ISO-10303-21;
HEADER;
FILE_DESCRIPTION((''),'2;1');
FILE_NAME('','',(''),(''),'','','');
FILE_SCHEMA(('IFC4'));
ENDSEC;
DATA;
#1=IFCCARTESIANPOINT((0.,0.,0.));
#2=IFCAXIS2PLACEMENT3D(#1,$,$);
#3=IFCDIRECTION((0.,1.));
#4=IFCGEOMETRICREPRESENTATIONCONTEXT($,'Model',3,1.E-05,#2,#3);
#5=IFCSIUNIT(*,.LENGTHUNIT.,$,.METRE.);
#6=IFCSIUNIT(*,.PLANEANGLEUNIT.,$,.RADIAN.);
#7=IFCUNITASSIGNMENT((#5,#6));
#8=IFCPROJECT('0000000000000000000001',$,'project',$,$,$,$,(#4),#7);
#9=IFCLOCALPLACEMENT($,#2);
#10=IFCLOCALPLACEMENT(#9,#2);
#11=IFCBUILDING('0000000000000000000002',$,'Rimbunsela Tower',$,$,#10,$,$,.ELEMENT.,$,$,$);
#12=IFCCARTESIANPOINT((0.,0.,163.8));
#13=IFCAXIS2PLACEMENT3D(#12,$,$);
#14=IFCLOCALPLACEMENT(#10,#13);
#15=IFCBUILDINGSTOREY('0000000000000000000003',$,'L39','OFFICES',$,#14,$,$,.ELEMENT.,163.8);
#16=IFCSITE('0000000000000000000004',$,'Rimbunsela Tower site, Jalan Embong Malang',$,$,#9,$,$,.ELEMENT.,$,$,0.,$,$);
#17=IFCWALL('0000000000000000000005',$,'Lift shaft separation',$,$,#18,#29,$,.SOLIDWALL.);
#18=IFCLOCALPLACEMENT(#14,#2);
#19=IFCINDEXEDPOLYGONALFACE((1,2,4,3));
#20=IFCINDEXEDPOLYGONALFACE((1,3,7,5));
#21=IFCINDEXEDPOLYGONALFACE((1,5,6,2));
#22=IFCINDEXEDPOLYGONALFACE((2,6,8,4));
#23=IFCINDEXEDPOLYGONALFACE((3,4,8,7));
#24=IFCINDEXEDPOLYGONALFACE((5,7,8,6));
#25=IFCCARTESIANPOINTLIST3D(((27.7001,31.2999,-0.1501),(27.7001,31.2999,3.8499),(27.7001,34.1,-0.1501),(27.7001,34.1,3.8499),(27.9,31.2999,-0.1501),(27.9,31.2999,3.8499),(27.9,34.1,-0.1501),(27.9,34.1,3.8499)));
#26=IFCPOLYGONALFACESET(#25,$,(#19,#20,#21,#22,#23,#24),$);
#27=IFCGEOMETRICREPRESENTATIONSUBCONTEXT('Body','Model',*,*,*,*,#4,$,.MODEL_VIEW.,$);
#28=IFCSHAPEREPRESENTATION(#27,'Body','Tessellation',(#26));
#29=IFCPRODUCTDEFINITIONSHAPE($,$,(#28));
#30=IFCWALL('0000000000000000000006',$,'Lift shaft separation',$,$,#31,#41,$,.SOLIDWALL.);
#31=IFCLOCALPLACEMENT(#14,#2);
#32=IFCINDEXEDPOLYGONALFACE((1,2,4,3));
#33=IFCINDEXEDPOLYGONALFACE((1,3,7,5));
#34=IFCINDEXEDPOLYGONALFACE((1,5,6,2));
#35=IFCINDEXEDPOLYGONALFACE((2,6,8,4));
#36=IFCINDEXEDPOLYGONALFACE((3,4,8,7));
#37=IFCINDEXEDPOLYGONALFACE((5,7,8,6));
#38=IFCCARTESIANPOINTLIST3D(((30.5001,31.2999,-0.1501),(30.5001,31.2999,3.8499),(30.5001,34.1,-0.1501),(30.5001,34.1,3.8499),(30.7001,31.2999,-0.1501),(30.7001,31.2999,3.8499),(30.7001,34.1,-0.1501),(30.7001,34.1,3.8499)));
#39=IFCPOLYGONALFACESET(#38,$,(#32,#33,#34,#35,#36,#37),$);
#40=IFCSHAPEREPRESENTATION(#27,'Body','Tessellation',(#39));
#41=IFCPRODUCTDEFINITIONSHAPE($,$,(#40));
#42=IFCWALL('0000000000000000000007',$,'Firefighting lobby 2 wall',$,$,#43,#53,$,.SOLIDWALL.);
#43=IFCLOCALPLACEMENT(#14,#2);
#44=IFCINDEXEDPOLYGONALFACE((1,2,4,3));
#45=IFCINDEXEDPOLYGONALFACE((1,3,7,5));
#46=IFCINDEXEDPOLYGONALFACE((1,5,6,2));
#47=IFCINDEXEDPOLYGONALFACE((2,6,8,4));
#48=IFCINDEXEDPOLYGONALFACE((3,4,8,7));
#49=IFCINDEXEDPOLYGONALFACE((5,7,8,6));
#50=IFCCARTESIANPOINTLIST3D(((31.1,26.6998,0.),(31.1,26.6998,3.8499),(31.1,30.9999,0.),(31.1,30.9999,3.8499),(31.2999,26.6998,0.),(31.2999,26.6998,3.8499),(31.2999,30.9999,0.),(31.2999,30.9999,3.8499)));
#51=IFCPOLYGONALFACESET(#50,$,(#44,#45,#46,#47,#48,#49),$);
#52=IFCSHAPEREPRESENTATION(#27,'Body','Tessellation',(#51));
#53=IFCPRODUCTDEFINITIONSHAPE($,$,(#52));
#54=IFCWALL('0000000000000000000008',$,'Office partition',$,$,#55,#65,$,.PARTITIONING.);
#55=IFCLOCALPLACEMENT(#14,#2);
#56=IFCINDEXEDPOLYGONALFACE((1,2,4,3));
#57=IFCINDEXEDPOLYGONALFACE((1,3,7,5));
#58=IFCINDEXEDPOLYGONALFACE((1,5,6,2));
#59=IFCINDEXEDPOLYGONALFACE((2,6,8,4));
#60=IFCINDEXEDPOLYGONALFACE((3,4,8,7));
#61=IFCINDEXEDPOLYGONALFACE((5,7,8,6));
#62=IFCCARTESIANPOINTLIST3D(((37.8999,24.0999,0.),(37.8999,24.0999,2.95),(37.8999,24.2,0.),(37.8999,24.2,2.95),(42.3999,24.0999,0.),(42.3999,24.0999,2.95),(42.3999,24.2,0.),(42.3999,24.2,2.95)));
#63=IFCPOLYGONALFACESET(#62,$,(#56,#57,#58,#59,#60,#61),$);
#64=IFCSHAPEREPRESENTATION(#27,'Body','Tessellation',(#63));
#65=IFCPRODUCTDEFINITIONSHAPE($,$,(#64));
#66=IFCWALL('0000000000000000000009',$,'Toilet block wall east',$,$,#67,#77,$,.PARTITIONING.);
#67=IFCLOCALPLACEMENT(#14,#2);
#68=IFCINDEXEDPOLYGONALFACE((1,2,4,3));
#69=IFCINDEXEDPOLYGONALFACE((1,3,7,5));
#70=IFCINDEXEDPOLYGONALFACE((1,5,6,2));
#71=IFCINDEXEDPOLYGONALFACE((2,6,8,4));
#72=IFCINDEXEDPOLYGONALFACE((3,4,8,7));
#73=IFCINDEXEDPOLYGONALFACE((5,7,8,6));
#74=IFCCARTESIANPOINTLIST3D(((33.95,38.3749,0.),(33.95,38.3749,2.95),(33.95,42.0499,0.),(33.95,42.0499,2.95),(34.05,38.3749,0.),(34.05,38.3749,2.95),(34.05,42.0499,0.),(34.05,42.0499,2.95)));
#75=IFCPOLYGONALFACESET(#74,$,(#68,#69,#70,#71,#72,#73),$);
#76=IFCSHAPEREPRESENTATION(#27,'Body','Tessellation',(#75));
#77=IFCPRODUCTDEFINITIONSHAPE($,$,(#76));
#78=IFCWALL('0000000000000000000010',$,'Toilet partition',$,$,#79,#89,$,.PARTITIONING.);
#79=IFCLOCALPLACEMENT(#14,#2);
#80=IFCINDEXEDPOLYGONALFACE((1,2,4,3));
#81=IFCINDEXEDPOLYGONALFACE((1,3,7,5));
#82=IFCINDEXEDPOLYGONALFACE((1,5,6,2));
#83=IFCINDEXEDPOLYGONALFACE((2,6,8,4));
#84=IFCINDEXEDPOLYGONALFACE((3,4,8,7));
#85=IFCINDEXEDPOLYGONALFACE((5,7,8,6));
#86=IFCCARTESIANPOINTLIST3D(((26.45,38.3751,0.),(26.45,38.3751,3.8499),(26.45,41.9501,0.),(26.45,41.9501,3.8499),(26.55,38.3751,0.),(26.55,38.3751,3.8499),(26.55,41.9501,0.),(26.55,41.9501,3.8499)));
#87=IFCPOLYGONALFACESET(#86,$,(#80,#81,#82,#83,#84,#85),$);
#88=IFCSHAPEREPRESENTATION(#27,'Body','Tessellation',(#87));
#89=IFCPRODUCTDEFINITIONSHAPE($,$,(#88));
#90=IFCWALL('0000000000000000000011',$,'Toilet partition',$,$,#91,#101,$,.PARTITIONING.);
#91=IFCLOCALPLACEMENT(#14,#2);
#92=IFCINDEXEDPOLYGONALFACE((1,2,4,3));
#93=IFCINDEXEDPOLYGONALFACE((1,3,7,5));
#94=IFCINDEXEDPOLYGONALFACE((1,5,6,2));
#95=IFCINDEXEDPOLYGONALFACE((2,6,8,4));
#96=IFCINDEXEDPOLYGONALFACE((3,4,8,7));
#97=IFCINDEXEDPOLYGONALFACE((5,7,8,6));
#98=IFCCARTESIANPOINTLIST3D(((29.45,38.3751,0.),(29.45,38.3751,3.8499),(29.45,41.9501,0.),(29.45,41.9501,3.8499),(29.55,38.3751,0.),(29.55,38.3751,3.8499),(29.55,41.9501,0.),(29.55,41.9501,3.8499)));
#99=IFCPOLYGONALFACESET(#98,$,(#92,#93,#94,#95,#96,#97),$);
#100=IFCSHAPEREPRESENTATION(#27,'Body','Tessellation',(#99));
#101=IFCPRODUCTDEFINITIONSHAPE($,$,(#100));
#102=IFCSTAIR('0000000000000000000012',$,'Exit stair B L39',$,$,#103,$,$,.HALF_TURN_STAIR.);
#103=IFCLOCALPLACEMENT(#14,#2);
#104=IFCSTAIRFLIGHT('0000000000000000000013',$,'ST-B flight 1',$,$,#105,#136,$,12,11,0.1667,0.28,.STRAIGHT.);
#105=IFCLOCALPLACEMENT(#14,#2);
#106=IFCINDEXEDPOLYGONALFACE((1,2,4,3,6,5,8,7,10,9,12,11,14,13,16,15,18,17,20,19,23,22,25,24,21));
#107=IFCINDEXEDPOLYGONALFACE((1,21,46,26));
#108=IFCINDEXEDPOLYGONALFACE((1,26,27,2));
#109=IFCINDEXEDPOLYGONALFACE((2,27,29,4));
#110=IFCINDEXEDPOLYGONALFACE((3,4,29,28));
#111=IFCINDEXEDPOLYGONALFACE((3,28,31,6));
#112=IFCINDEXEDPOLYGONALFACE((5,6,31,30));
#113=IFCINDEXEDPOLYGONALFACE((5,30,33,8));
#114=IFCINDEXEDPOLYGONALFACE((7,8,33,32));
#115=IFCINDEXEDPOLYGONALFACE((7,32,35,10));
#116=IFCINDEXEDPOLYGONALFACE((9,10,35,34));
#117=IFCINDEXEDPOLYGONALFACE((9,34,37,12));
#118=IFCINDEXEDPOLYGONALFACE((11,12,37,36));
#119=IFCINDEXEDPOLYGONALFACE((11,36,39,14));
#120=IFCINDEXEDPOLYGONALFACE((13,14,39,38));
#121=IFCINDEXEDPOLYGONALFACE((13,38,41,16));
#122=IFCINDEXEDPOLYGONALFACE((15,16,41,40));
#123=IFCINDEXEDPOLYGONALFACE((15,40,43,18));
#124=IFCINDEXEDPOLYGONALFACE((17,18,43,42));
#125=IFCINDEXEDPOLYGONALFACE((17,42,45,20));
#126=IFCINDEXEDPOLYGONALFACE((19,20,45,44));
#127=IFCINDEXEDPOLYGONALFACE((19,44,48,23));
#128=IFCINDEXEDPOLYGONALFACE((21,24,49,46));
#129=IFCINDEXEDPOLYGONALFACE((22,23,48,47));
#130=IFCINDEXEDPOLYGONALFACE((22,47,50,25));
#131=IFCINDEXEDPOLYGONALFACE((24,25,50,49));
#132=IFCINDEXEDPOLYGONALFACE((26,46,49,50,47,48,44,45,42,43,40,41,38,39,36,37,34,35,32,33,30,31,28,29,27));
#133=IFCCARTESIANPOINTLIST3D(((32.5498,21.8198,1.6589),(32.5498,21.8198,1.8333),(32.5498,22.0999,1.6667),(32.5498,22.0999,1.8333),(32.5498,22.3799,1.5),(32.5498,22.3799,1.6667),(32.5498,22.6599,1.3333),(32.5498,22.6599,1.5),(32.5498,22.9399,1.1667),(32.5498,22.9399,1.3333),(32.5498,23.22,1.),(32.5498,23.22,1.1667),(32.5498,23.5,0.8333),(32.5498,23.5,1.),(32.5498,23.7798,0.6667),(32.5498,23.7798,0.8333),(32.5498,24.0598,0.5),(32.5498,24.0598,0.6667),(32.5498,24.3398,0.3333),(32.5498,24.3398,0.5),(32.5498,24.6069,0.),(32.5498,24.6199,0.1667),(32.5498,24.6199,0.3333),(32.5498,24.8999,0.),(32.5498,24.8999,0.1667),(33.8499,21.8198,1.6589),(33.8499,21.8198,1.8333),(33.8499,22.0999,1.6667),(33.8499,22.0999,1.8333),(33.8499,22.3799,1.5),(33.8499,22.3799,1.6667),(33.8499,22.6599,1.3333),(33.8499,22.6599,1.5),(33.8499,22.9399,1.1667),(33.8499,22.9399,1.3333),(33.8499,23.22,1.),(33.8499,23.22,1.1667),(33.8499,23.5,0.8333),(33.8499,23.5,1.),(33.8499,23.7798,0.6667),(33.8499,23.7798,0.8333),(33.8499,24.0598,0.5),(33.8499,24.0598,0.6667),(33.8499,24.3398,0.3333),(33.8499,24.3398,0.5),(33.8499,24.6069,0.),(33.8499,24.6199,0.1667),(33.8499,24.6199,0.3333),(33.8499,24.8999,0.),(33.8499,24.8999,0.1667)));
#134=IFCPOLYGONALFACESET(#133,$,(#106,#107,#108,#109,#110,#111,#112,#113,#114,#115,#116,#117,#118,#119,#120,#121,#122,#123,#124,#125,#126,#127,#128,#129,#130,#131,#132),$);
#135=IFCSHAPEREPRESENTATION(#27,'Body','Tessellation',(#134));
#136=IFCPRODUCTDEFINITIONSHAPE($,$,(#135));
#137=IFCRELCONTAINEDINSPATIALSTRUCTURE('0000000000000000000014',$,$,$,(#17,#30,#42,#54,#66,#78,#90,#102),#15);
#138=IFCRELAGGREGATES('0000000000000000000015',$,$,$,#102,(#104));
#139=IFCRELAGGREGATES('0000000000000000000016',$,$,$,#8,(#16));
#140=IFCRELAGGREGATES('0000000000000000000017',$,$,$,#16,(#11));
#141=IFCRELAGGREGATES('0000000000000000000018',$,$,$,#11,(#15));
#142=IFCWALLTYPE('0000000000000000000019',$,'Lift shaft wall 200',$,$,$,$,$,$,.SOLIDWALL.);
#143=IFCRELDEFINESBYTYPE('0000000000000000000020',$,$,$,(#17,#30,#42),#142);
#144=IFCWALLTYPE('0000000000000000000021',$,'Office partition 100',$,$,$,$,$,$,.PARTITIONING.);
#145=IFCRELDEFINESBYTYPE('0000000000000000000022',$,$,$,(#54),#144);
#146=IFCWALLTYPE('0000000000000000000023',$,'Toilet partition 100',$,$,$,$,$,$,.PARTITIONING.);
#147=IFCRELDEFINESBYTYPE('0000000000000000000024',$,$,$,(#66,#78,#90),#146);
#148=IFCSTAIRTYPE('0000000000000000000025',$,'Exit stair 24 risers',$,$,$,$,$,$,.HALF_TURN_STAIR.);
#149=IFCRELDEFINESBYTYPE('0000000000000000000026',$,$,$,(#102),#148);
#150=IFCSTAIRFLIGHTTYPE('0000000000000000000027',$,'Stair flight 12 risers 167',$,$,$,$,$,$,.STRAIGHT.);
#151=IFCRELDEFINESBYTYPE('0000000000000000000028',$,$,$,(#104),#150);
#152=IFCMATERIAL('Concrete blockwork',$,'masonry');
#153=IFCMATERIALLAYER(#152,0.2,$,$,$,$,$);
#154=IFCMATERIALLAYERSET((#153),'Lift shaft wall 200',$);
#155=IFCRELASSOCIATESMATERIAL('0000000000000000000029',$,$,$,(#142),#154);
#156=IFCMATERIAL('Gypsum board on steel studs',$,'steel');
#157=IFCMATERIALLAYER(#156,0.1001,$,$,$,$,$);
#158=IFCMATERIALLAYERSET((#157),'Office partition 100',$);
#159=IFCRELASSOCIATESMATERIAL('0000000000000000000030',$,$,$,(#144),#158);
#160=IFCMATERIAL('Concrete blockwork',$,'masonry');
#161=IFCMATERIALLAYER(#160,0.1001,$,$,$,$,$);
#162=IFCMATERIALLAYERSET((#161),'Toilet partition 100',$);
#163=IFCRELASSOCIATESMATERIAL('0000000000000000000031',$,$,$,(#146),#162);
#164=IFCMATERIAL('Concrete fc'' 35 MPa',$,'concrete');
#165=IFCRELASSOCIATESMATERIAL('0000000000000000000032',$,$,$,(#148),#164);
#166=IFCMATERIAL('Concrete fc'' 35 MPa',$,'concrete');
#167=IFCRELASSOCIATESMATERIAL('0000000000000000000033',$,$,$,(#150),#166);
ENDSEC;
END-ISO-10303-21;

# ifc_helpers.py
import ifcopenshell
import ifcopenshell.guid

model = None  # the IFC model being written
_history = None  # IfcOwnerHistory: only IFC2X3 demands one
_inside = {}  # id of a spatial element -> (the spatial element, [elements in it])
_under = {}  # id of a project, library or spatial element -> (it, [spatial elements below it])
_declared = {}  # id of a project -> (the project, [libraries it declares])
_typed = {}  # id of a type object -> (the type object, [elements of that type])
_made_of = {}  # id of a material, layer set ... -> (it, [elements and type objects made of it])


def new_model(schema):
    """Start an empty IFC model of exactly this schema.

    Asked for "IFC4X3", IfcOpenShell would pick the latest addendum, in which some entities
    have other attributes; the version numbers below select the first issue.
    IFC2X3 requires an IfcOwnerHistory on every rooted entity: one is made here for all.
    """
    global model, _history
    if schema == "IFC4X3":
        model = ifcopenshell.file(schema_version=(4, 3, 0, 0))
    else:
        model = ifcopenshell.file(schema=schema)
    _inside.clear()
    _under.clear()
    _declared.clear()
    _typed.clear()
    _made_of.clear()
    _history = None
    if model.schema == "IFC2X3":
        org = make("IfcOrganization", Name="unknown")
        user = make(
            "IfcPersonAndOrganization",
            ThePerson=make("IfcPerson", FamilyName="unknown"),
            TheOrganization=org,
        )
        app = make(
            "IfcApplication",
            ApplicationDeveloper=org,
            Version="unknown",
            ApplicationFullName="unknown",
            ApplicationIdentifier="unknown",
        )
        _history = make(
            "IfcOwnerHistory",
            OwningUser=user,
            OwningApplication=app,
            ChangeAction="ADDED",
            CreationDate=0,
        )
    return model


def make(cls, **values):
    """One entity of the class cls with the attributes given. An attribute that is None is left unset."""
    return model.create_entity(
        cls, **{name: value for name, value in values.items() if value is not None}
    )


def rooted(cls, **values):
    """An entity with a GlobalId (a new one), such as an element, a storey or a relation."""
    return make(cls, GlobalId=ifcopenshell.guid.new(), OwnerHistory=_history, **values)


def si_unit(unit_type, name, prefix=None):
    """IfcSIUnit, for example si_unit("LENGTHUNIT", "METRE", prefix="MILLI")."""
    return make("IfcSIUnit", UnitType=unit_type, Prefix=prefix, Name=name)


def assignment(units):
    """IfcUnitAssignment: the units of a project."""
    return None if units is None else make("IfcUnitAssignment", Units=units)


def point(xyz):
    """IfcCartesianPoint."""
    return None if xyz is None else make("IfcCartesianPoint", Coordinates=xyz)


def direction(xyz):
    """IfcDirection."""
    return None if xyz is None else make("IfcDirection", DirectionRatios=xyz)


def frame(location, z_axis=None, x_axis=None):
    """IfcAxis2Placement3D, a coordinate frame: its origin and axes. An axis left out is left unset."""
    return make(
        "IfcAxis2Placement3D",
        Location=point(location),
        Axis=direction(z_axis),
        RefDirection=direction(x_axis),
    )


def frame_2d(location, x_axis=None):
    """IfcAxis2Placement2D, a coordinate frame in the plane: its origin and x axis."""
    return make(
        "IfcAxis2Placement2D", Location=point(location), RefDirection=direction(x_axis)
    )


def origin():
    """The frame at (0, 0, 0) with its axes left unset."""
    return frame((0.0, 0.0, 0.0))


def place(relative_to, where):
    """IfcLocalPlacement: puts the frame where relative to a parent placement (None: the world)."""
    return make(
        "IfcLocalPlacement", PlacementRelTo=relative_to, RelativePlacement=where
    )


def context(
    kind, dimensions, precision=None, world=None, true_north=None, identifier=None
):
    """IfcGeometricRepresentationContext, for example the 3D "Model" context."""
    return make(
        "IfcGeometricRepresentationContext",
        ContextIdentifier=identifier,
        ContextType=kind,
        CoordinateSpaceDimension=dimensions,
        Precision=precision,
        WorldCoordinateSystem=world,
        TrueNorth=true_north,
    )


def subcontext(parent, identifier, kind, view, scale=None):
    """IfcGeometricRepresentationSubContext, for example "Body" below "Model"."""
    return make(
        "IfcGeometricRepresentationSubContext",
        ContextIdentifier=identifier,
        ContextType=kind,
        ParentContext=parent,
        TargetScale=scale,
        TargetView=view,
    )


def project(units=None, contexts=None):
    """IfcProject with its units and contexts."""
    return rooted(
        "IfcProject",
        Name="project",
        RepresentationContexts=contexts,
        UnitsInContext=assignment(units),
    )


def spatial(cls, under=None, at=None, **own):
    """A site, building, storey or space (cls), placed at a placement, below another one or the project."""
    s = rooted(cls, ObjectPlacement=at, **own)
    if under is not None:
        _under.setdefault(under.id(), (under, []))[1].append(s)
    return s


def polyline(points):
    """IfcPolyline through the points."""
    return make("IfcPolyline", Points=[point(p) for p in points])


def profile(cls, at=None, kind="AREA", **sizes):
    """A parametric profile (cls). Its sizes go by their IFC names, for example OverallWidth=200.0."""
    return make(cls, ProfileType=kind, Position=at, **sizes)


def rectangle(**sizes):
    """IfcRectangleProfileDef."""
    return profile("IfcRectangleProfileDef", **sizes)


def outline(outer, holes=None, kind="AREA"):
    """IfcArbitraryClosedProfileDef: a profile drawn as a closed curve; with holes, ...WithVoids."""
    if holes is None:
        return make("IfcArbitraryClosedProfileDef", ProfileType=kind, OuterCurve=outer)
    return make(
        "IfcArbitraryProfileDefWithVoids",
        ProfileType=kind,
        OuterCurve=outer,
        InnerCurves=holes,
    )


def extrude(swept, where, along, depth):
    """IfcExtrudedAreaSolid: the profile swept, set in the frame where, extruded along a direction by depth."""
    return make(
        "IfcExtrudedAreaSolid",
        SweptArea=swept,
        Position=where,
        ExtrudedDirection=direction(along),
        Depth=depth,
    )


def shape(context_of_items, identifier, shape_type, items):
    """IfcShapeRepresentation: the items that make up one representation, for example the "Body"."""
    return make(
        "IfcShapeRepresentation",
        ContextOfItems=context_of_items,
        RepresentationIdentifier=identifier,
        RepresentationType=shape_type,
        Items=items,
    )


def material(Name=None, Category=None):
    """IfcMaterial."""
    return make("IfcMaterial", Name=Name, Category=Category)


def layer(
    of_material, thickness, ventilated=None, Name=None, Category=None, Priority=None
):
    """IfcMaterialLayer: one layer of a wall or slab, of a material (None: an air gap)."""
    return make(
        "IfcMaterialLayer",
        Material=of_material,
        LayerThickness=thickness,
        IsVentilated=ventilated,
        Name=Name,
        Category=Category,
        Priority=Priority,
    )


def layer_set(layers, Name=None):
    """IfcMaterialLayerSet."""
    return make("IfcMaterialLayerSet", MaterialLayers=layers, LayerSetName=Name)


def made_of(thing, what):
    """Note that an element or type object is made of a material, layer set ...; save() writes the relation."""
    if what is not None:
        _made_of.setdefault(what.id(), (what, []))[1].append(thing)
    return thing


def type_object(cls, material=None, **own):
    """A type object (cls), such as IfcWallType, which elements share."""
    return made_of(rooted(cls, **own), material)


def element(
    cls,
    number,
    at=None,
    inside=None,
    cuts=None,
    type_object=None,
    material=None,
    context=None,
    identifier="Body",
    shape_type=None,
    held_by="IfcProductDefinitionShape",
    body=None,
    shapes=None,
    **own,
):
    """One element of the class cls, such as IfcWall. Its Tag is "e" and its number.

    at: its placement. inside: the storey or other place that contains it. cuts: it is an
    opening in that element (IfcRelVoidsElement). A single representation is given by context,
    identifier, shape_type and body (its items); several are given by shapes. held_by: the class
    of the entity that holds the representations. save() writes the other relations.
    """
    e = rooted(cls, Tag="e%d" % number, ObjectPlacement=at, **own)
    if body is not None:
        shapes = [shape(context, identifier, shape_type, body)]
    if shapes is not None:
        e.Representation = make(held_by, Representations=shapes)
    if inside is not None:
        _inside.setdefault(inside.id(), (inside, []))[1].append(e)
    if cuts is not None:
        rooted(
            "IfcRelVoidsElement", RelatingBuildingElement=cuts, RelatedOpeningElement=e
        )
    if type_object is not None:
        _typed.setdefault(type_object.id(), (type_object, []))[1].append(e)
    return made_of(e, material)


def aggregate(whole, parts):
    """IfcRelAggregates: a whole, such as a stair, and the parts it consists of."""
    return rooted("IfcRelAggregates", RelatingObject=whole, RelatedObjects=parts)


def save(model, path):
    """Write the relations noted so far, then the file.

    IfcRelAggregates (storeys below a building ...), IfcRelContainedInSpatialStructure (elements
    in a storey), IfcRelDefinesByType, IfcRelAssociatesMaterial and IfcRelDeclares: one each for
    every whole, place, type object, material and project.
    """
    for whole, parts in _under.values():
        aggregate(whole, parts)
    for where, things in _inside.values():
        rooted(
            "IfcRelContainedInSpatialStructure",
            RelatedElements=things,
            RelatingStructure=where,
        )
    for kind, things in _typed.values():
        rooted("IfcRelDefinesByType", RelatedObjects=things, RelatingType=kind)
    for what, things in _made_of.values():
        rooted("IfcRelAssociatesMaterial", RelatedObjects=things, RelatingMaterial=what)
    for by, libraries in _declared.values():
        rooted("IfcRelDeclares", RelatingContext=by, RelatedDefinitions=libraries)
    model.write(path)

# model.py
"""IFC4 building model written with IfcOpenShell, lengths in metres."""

from ifc_helpers import new_model, si_unit, direction, frame, frame_2d, origin, place, context, subcontext, project, spatial, polyline, rectangle, outline, extrude, material, layer, layer_set, type_object, element, aggregate, save


model = new_model("IFC4")

# Units and contexts
model_context = context("Model", 3, precision=1e-05, world=origin(), true_north=direction((0.0, 1.0)))
body_context = subcontext(model_context, "Body", "Model", "MODEL_VIEW")
ifc_project = project(units=[si_unit("LENGTHUNIT", "METRE"), si_unit("PLANEANGLEUNIT", "RADIAN")], contexts=[model_context])

# Site, building, storey
site_placement = place(None, origin())
site = spatial("IfcSite", under=ifc_project, at=site_placement, Name="Rimbunsela Tower site, Jalan Embong Malang", CompositionType="ELEMENT", RefElevation=0.0)
building_placement = place(site_placement, origin())
building = spatial("IfcBuilding", under=site, at=building_placement, Name="Rimbunsela Tower", CompositionType="ELEMENT")
storey_placement = place(building_placement, frame((0.0, 0.0, 163.8)))
storey = spatial("IfcBuildingStorey", under=building, at=storey_placement, Name="L39", Description="OFFICES", CompositionType="ELEMENT", Elevation=163.8)

# Walls
ifc_material_1 = material(Name="Concrete blockwork", Category="masonry")
ifc_layer_1 = layer(ifc_material_1, 0.2)
ifc_layer_set_1 = layer_set([ifc_layer_1], Name="Lift shaft wall 200")
wall_type_1 = type_object("IfcWallType", Name="Lift shaft wall 200", PredefinedType="SOLIDWALL", material=ifc_layer_set_1)
for number, where, z_axis, x_axis, name in (
    (1, (27.8, 31.3, -0.1501), (0.0, 0.0, 1.0), (0.0, 1.0, 0.0), "Lift shaft separation"),
    (2, (30.6001, 31.3, -0.1501), (0.0, 0.0, 1.0), (0.0, 1.0, 0.0), "Lift shaft separation"),
):
    element("IfcWall", number, at=place(storey_placement, frame(where, z_axis=z_axis, x_axis=x_axis)), inside=storey, type_object=wall_type_1, Name=name, PredefinedType="SOLIDWALL", context=body_context, shape_type="SweptSolid", body=[
        extrude(rectangle(XDim=2.8, YDim=0.2, at=frame_2d((1.3999, 0.0))), origin(), (0.0, 0.0, 1.0), 4.0),
    ])
wall_1_placement = place(storey_placement, frame((31.2, 26.7, 0.0), z_axis=(0.0, 0.0, 1.0), x_axis=(0.0, 1.0, 0.0)))
element("IfcWall", 3, at=wall_1_placement, inside=storey, type_object=wall_type_1, Name="Firefighting lobby 2 wall", PredefinedType="SOLIDWALL", context=body_context, shape_type="SweptSolid", body=[
    extrude(rectangle(XDim=4.3, YDim=0.2, at=frame_2d((2.1499, 0.0))), origin(), (0.0, 0.0, 1.0), 3.8499),
])
ifc_material_2 = material(Name="Gypsum board on steel studs", Category="steel")
ifc_layer_2 = layer(ifc_material_2, 0.1001)
ifc_layer_set_2 = layer_set([ifc_layer_2], Name="Office partition 100")
wall_type_2 = type_object("IfcWallType", Name="Office partition 100", PredefinedType="PARTITIONING", material=ifc_layer_set_2)
wall_2_placement = place(storey_placement, frame((37.8999, 24.1499, 0.0), z_axis=(0.0, 0.0, 1.0), x_axis=(1.0, 0.0, 0.0)))
element("IfcWall", 4, at=wall_2_placement, inside=storey, type_object=wall_type_2, Name="Office partition", PredefinedType="PARTITIONING", context=body_context, shape_type="SweptSolid", body=[
    extrude(rectangle(XDim=4.5, YDim=0.1001, at=frame_2d((2.25, 0.0))), origin(), (0.0, 0.0, 1.0), 2.95),
])
ifc_material_3 = material(Name="Concrete blockwork", Category="masonry")
ifc_layer_3 = layer(ifc_material_3, 0.1001)
ifc_layer_set_3 = layer_set([ifc_layer_3], Name="Toilet partition 100")
wall_type_3 = type_object("IfcWallType", Name="Toilet partition 100", PredefinedType="PARTITIONING", material=ifc_layer_set_3)
wall_3_placement = place(storey_placement, frame((34.0, 38.375, 0.0), z_axis=(0.0, 0.0, 1.0), x_axis=(0.0, 1.0, 0.0)))
element("IfcWall", 5, at=wall_3_placement, inside=storey, type_object=wall_type_3, Name="Toilet block wall east", PredefinedType="PARTITIONING", context=body_context, shape_type="SweptSolid", body=[
    extrude(rectangle(XDim=3.675, YDim=0.1001, at=frame_2d((1.8374, 0.0))), origin(), (0.0, 0.0, 1.0), 2.95),
])
for number, where, z_axis, x_axis, name in (
    (6, (26.5, 38.375, 0.0), (0.0, 0.0, 1.0), (0.0, 1.0, 0.0), "Toilet partition"),
    (7, (29.5, 38.375, 0.0), (0.0, 0.0, 1.0), (0.0, 1.0, 0.0), "Toilet partition"),
):
    element("IfcWall", number, at=place(storey_placement, frame(where, z_axis=z_axis, x_axis=x_axis)), inside=storey, type_object=wall_type_3, Name=name, PredefinedType="PARTITIONING", context=body_context, shape_type="SweptSolid", body=[
        extrude(rectangle(XDim=3.575, YDim=0.1001, at=frame_2d((1.7876, 0.0))), origin(), (0.0, 0.0, 1.0), 3.8499),
    ])

# Stair, stair flight
ifc_material_4 = material(Name="Concrete fc' 35 MPa", Category="concrete")
stair_type = type_object("IfcStairType", Name="Exit stair 24 risers", PredefinedType="HALF_TURN_STAIR", material=ifc_material_4)
stair_placement = place(storey_placement, origin())
stair = element("IfcStair", 8, at=stair_placement, inside=storey, type_object=stair_type, Name="Exit stair B L39", PredefinedType="HALF_TURN_STAIR")
ifc_material_5 = material(Name="Concrete fc' 35 MPa", Category="concrete")
stair_flight_type = type_object("IfcStairFlightType", Name="Stair flight 12 risers 167", PredefinedType="STRAIGHT", material=ifc_material_5)
stair_flight_placement = place(storey_placement, frame((33.2, 24.8999, 0.0), z_axis=(0.0, 0.0, 1.0), x_axis=(0.0, -1.0, 0.0)))
stair_flight = element("IfcStairFlight", 9, at=stair_flight_placement, type_object=stair_flight_type, Name="ST-B flight 1", NumberOfRisers=12, NumberOfTreads=11, PredefinedType="STRAIGHT", RiserHeight=0.1667, TreadLength=0.28, context=body_context, shape_type="SweptSolid", body=[
    extrude(outline(polyline([(0.0, 0.0), (0.0, 0.1667), (0.28, 0.1667), (0.28, 0.3333), (0.5601, 0.3333), (0.5601, 0.5), (0.8401, 0.5), (0.8401, 0.6667), (1.1201, 0.6667), (1.1201, 0.8333), (1.3999, 0.8333), (1.3999, 1.0), (1.6799, 1.0), (1.6799, 1.1667), (1.96, 1.1667), (1.96, 1.3333), (2.24, 1.3333), (2.24, 1.5), (2.52, 1.5), (2.52, 1.6667), (2.8, 1.6667), (2.8, 1.8333), (3.0801, 1.8333), (3.0801, 2.0), (3.0801, 1.6589), (0.293, 0.0), (0.0, 0.0)])), frame((0.0, 0.6499, 0.0), z_axis=(0.0, -1.0, 0.0), x_axis=(1.0, 0.0, 0.0)), (0.0, 0.0, 1.0), 1.3),
])
aggregate(stair, [stair_flight])

save(model, "model.ifc")
